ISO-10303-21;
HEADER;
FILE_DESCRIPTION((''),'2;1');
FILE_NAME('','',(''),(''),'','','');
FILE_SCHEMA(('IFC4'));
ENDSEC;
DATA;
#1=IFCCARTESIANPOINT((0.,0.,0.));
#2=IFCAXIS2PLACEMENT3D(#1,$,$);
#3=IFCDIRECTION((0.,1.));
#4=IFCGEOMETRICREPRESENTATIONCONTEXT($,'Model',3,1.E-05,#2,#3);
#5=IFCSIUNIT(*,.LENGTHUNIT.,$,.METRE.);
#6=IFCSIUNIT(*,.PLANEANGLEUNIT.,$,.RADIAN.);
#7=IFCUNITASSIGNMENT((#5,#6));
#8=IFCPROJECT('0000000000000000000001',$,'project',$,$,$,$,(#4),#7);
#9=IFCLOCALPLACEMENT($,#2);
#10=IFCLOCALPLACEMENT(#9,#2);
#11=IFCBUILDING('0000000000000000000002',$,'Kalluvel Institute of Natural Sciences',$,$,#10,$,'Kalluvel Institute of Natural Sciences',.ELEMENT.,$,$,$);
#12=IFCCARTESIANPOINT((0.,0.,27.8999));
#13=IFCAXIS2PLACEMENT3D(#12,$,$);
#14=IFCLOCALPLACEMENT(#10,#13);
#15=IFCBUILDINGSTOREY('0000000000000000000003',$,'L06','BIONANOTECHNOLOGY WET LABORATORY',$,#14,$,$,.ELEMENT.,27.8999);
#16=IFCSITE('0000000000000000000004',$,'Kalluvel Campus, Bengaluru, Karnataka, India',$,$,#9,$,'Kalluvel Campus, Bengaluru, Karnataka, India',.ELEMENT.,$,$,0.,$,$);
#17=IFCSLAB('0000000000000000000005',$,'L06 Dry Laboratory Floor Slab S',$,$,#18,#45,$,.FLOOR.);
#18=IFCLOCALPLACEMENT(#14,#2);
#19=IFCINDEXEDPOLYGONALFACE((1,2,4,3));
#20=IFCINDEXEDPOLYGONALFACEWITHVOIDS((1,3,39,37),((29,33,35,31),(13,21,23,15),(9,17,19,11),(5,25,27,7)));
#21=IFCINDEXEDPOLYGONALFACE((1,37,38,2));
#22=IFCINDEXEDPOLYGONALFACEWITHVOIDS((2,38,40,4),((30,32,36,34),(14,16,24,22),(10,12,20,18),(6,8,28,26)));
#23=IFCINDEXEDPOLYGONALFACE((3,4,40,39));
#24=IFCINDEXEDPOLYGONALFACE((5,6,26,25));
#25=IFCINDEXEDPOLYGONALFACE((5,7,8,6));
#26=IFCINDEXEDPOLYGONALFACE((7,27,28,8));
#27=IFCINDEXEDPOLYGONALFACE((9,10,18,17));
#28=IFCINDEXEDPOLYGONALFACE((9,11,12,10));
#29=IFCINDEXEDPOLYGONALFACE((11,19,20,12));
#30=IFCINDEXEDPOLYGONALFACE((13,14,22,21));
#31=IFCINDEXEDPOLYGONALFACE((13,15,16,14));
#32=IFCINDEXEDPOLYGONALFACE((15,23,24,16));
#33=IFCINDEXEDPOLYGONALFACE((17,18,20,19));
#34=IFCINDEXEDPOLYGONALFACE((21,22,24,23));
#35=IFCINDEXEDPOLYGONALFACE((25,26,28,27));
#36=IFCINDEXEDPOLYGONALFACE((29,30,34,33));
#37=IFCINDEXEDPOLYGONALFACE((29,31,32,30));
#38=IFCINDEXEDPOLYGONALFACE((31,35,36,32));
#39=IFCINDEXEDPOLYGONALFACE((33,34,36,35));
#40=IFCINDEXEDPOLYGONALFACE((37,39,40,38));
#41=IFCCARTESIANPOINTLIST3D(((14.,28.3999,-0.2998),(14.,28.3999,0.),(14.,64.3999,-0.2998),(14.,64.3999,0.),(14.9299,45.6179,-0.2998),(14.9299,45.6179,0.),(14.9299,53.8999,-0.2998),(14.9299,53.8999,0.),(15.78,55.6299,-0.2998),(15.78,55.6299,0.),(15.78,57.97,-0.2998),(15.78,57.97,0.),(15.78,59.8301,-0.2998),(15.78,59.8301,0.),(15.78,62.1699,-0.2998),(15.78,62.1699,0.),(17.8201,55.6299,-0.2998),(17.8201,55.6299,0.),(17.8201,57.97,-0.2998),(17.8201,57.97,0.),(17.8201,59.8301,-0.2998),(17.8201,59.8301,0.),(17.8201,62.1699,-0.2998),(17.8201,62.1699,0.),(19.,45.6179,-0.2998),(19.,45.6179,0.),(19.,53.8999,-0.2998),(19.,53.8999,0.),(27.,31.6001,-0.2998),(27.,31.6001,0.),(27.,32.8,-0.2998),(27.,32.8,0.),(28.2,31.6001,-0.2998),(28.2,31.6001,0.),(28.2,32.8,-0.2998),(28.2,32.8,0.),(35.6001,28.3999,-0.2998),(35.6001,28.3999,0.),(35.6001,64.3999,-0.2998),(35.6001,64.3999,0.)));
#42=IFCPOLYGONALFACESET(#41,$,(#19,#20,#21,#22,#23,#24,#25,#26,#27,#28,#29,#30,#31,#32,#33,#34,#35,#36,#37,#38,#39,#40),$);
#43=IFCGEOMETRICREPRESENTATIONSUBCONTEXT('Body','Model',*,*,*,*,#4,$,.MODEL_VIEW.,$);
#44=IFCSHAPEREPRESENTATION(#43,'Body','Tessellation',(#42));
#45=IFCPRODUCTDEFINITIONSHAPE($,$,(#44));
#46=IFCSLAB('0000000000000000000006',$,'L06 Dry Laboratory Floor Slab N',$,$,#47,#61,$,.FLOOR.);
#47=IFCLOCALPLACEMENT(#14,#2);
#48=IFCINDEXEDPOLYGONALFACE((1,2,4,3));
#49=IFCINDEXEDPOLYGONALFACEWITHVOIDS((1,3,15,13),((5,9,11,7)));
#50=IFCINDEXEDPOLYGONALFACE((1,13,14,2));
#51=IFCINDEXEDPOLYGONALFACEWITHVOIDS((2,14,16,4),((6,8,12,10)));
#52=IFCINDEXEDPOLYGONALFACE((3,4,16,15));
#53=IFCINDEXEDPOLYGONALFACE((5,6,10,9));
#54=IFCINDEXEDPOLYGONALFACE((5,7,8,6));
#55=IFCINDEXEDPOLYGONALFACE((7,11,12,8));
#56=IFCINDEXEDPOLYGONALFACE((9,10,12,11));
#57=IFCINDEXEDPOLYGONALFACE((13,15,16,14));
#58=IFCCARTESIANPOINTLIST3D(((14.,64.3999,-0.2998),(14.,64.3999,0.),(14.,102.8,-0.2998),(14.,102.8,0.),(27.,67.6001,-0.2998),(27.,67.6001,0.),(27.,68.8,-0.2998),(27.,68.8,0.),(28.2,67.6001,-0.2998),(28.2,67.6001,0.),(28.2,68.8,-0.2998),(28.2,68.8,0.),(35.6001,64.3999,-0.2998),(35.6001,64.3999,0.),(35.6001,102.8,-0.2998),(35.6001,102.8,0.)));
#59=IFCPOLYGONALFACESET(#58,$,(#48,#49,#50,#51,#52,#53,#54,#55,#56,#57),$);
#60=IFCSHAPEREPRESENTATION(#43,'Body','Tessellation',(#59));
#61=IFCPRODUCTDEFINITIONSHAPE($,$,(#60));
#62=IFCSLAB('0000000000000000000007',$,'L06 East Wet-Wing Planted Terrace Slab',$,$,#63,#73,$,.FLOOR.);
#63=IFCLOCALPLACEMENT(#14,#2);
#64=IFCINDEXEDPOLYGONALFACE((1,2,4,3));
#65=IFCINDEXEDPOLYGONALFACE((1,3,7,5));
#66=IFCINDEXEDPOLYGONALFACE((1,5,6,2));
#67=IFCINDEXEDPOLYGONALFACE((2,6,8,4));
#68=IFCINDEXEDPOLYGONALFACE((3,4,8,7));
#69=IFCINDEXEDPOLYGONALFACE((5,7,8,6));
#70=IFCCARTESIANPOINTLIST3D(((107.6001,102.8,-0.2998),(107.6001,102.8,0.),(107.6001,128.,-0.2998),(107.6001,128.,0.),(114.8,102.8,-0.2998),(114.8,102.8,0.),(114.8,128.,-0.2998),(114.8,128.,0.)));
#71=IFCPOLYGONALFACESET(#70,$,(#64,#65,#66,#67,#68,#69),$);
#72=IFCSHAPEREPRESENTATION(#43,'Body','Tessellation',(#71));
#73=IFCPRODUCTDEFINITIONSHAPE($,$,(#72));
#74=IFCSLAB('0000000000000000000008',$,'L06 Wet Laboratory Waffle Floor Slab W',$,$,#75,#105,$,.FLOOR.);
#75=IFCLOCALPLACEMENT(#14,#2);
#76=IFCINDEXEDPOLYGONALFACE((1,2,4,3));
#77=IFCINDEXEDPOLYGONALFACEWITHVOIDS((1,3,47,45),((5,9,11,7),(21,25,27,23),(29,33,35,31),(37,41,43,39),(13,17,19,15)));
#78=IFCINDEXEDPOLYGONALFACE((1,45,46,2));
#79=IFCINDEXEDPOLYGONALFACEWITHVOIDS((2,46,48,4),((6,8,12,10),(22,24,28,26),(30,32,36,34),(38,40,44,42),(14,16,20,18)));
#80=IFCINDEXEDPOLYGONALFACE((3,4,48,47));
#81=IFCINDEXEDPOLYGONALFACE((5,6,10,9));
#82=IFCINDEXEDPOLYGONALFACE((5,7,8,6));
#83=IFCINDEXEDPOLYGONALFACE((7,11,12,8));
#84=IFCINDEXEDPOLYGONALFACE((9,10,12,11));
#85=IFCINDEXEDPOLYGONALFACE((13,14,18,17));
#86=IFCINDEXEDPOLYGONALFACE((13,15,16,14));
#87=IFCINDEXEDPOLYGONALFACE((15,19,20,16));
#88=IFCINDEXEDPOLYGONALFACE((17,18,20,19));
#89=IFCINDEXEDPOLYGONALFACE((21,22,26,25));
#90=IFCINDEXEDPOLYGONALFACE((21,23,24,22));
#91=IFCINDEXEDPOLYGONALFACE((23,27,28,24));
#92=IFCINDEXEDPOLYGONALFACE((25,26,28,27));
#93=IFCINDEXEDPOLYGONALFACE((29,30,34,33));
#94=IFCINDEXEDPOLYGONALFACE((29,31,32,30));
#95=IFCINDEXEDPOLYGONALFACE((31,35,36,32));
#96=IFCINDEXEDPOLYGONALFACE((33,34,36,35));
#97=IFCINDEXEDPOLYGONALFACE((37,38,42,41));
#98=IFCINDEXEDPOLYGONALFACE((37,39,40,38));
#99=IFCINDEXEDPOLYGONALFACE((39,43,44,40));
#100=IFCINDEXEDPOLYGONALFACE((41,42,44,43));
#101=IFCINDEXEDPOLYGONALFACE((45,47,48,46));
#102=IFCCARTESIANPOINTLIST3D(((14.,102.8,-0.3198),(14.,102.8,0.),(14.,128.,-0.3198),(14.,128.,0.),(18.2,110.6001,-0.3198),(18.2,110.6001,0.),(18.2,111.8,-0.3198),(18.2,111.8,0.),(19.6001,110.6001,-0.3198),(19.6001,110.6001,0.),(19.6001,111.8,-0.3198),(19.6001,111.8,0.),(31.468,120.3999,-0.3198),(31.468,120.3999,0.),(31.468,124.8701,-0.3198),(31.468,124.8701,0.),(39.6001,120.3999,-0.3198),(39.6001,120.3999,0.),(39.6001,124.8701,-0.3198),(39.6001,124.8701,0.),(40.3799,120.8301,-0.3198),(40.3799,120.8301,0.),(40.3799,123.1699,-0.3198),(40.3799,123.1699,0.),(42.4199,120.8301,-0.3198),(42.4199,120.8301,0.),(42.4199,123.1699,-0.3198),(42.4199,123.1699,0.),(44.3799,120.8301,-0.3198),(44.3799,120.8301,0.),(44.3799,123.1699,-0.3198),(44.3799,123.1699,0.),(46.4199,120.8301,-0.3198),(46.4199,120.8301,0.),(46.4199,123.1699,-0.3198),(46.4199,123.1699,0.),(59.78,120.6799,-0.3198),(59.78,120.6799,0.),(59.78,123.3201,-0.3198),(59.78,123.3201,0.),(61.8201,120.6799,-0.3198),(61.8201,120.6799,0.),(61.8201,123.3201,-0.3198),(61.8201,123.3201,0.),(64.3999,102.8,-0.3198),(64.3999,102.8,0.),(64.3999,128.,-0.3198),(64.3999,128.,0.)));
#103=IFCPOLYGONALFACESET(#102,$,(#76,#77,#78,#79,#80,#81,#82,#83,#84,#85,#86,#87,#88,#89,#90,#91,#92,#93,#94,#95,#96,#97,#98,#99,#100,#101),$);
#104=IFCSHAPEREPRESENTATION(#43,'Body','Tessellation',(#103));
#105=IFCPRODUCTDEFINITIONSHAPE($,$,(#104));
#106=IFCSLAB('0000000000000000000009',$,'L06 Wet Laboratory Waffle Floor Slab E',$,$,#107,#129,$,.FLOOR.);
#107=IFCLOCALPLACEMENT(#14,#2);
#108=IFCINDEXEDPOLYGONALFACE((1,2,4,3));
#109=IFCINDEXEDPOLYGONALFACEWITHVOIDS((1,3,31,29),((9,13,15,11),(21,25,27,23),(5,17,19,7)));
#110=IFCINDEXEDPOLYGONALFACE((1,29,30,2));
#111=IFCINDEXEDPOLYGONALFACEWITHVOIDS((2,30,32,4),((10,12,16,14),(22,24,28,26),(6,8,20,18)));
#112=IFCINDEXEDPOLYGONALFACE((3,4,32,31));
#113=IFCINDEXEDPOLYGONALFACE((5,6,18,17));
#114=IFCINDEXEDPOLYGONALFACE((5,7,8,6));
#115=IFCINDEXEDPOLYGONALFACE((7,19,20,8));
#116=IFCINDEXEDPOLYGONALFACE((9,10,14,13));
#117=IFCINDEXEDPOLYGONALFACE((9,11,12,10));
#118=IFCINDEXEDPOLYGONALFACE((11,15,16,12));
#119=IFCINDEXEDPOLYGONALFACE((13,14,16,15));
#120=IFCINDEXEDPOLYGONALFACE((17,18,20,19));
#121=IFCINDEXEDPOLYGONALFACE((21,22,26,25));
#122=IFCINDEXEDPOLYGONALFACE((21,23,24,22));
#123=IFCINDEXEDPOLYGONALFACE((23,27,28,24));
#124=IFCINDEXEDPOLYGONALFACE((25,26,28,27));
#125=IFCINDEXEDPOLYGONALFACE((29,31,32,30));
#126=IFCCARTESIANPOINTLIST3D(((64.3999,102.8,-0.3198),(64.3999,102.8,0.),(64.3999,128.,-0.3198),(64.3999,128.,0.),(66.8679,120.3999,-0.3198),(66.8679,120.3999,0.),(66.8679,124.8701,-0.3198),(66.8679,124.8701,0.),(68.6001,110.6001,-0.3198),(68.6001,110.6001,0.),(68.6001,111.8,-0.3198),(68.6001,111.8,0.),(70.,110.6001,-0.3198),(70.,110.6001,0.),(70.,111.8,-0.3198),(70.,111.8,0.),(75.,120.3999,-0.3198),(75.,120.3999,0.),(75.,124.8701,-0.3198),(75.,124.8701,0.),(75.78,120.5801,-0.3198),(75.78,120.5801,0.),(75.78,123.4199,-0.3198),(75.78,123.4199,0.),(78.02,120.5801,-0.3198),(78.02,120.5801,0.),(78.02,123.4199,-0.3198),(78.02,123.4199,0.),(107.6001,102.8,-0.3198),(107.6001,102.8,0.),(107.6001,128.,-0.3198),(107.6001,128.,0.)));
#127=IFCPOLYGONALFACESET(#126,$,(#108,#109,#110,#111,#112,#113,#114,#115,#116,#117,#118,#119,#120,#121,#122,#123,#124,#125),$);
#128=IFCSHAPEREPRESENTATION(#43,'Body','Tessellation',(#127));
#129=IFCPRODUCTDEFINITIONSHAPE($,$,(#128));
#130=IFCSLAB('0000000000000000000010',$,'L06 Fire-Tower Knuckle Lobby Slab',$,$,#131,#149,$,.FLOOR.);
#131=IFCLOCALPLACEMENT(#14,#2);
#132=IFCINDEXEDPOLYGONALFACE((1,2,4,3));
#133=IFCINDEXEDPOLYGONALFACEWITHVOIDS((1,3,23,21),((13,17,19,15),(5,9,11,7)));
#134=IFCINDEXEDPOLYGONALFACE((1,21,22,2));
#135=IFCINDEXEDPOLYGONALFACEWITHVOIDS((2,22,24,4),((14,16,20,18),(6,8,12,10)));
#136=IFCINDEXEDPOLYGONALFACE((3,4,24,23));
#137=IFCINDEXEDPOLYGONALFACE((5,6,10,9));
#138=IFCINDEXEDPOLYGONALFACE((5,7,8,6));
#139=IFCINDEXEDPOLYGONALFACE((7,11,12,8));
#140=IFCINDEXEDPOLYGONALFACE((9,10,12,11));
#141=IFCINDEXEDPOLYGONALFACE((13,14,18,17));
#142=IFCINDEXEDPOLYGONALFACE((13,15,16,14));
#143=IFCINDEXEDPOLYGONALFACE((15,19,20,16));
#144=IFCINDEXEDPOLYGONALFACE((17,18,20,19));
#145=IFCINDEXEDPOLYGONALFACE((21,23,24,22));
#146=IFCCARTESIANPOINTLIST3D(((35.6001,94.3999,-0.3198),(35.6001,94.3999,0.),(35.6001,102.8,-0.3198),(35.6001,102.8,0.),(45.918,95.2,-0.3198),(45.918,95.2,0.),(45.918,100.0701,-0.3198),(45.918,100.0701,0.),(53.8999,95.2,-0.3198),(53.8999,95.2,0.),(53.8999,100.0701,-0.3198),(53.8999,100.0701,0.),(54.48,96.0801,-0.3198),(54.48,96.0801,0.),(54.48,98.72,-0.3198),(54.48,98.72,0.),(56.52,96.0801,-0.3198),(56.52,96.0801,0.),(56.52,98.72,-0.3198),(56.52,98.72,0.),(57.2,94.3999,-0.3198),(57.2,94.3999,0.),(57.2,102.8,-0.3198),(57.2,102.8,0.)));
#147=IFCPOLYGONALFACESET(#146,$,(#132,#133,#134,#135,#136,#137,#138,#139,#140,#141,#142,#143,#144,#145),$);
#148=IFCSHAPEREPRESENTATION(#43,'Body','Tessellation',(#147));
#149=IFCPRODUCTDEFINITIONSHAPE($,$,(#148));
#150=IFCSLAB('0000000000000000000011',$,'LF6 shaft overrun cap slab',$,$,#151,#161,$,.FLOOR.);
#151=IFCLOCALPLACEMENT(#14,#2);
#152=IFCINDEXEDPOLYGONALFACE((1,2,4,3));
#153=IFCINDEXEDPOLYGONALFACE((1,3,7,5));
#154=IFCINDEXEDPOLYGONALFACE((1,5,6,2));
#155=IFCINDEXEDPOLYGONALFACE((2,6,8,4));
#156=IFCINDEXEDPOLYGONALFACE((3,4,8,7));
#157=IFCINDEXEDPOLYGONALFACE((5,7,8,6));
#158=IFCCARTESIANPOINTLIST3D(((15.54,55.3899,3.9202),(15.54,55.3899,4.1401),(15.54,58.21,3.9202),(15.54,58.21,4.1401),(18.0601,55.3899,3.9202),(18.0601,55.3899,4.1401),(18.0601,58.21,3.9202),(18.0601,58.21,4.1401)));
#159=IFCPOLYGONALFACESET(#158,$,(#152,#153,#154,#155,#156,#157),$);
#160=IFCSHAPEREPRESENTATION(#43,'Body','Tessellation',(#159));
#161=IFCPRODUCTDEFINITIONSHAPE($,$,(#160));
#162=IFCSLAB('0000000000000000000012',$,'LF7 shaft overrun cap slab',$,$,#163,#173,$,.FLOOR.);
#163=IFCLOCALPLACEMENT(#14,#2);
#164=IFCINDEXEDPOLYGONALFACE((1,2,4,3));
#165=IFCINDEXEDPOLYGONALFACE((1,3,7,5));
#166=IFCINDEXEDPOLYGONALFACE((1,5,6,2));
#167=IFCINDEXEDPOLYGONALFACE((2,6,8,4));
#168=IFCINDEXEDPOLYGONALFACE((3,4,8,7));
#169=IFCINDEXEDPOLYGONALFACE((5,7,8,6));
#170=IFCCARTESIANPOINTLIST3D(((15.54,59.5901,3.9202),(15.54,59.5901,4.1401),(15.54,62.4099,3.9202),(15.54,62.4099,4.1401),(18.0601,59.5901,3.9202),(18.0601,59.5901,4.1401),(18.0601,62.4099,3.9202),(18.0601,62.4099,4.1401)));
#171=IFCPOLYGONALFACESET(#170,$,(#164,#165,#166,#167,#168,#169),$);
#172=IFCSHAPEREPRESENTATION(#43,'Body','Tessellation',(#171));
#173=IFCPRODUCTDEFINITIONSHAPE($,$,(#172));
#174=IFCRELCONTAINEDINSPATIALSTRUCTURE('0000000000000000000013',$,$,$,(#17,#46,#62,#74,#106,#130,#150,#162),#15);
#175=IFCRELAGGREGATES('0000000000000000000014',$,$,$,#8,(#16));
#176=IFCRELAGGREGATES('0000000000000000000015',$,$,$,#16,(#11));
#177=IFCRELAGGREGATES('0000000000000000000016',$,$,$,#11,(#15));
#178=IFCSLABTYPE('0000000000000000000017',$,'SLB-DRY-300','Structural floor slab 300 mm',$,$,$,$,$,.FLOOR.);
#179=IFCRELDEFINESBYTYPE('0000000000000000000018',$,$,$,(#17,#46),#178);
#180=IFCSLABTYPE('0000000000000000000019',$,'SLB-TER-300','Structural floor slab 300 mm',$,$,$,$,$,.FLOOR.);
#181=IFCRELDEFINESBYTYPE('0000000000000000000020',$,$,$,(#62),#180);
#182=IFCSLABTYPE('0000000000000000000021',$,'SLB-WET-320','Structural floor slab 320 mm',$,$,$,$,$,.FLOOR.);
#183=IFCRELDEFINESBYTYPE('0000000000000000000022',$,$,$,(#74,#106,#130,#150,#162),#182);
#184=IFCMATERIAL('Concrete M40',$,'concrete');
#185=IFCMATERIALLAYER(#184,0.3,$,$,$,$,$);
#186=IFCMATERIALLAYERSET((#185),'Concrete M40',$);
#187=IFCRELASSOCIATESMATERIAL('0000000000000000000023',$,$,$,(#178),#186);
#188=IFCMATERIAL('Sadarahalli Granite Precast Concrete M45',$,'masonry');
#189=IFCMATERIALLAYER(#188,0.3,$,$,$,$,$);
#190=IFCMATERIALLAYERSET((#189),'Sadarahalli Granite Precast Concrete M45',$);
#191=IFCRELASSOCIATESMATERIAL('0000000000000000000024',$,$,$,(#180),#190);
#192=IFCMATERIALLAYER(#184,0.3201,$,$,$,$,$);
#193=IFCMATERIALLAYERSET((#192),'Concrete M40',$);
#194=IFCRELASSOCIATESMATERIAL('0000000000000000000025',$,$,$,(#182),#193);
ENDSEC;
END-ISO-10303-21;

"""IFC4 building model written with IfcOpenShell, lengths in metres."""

from ifc_helpers import new_model, si_unit, direction, frame, origin, place, context, subcontext, project, spatial, polyline, outline, extrude, material, layer, layer_set, type_object, element, save


model = new_model("IFC4")

# Units and contexts
model_context = context("Model", 3, precision=1e-05, world=origin(), true_north=direction((0.0, 1.0)))
body_context = subcontext(model_context, "Body", "Model", "MODEL_VIEW")
ifc_project = project(units=[si_unit("LENGTHUNIT", "METRE"), si_unit("PLANEANGLEUNIT", "RADIAN")], contexts=[model_context])

# Site, building, storey
site_placement = place(None, origin())
site = spatial("IfcSite", under=ifc_project, at=site_placement, Name="Kalluvel Campus, Bengaluru, Karnataka, India", LongName="Kalluvel Campus, Bengaluru, Karnataka, India", CompositionType="ELEMENT", RefElevation=0.0)
building_placement = place(site_placement, origin())
building = spatial("IfcBuilding", under=site, at=building_placement, Name="Kalluvel Institute of Natural Sciences", LongName="Kalluvel Institute of Natural Sciences", CompositionType="ELEMENT")
storey_placement = place(building_placement, frame((0.0, 0.0, 27.8999)))
storey = spatial("IfcBuildingStorey", under=building, at=storey_placement, Name="L06", Description="BIONANOTECHNOLOGY WET LABORATORY", CompositionType="ELEMENT", Elevation=27.8999)

# Shared definitions
ifc_material_1 = material(Name="Concrete M40", Category="concrete")

# Slabs
ifc_layer_1 = layer(ifc_material_1, 0.3)
ifc_layer_set_1 = layer_set([ifc_layer_1], Name="Concrete M40")
slab_type_1 = type_object("IfcSlabType", Name="SLB-DRY-300", Description="Structural floor slab 300 mm", PredefinedType="FLOOR", material=ifc_layer_set_1)
slab_1_placement = place(storey_placement, frame((0.0, 0.0, -0.2998)))
element("IfcSlab", 1, at=slab_1_placement, inside=storey, type_object=slab_type_1, Name="L06 Dry Laboratory Floor Slab S", PredefinedType="FLOOR", context=body_context, shape_type="SweptSolid", body=[
    extrude(outline(polyline([(14.0, 28.3999), (35.6001, 28.3999), (35.6001, 64.3999), (14.0, 64.3999), (14.0, 28.3999)]), holes=[polyline([(28.2, 32.8), (28.2, 31.6001), (27.0, 31.6001), (27.0, 32.8), (28.2, 32.8)]), polyline([(14.9299, 53.8999), (19.0, 53.8999), (19.0, 45.6179), (14.9299, 45.6179), (14.9299, 53.8999)]), polyline([(17.8201, 57.97), (17.8201, 55.6299), (15.78, 55.6299), (15.78, 57.97), (17.8201, 57.97)]), polyline([(17.8201, 62.1699), (17.8201, 59.8301), (15.78, 59.8301), (15.78, 62.1699), (17.8201, 62.1699)])]), origin(), (0.0, 0.0, 1.0), 0.2998),
])
slab_2_placement = place(storey_placement, frame((0.0, 0.0, -0.2998)))
element("IfcSlab", 2, at=slab_2_placement, inside=storey, type_object=slab_type_1, Name="L06 Dry Laboratory Floor Slab N", PredefinedType="FLOOR", context=body_context, shape_type="SweptSolid", body=[
    extrude(outline(polyline([(14.0, 64.3999), (35.6001, 64.3999), (35.6001, 102.8), (14.0, 102.8), (14.0, 64.3999)]), holes=[polyline([(27.0, 67.6001), (27.0, 68.8), (28.2, 68.8), (28.2, 67.6001), (27.0, 67.6001)])]), origin(), (0.0, 0.0, 1.0), 0.2998),
])
ifc_material_2 = material(Name="Sadarahalli Granite Precast Concrete M45", Category="masonry")
ifc_layer_2 = layer(ifc_material_2, 0.3)
ifc_layer_set_2 = layer_set([ifc_layer_2], Name="Sadarahalli Granite Precast Concrete M45")
slab_type_2 = type_object("IfcSlabType", Name="SLB-TER-300", Description="Structural floor slab 300 mm", PredefinedType="FLOOR", material=ifc_layer_set_2)
slab_3_placement = place(storey_placement, frame((0.0, 0.0, -0.2998)))
element("IfcSlab", 3, at=slab_3_placement, inside=storey, type_object=slab_type_2, Name="L06 East Wet-Wing Planted Terrace Slab", PredefinedType="FLOOR", context=body_context, shape_type="SweptSolid", body=[
    extrude(outline(polyline([(107.6001, 102.8), (114.8, 102.8), (114.8, 128.0), (107.6001, 128.0), (107.6001, 102.8)])), origin(), (0.0, 0.0, 1.0), 0.2998),
])
ifc_layer_3 = layer(ifc_material_1, 0.3201)
ifc_layer_set_3 = layer_set([ifc_layer_3], Name="Concrete M40")
slab_type_3 = type_object("IfcSlabType", Name="SLB-WET-320", Description="Structural floor slab 320 mm", PredefinedType="FLOOR", material=ifc_layer_set_3)
slab_4_placement = place(storey_placement, frame((0.0, 0.0, -0.3198)))
element("IfcSlab", 4, at=slab_4_placement, inside=storey, type_object=slab_type_3, Name="L06 Wet Laboratory Waffle Floor Slab W", PredefinedType="FLOOR", context=body_context, shape_type="SweptSolid", body=[
    extrude(outline(polyline([(14.0, 102.8), (64.3999, 102.8), (64.3999, 128.0), (14.0, 128.0), (14.0, 102.8)]), holes=[polyline([(61.8201, 120.6799), (59.78, 120.6799), (59.78, 123.3201), (61.8201, 123.3201), (61.8201, 120.6799)]), polyline([(46.4199, 123.1699), (46.4199, 120.8301), (44.3799, 120.8301), (44.3799, 123.1699), (46.4199, 123.1699)]), polyline([(42.4199, 123.1699), (42.4199, 120.8301), (40.3799, 120.8301), (40.3799, 123.1699), (42.4199, 123.1699)]), polyline([(39.6001, 120.3999), (31.468, 120.3999), (31.468, 124.8701), (39.6001, 124.8701), (39.6001, 120.3999)]), polyline([(19.6001, 111.8), (19.6001, 110.6001), (18.2, 110.6001), (18.2, 111.8), (19.6001, 111.8)])]), origin(), (0.0, 0.0, 1.0), 0.3198),
])
slab_5_placement = place(storey_placement, frame((0.0, 0.0, -0.3198)))
element("IfcSlab", 5, at=slab_5_placement, inside=storey, type_object=slab_type_3, Name="L06 Wet Laboratory Waffle Floor Slab E", PredefinedType="FLOOR", context=body_context, shape_type="SweptSolid", body=[
    extrude(outline(polyline([(64.3999, 102.8), (107.6001, 102.8), (107.6001, 128.0), (64.3999, 128.0), (64.3999, 102.8)]), holes=[polyline([(78.02, 123.4199), (78.02, 120.5801), (75.78, 120.5801), (75.78, 123.4199), (78.02, 123.4199)]), polyline([(75.0, 124.8701), (75.0, 120.3999), (66.8679, 120.3999), (66.8679, 124.8701), (75.0, 124.8701)]), polyline([(68.6001, 111.8), (70.0, 111.8), (70.0, 110.6001), (68.6001, 110.6001), (68.6001, 111.8)])]), origin(), (0.0, 0.0, 1.0), 0.3198),
])
slab_6_placement = place(storey_placement, frame((0.0, 0.0, -0.3198)))
element("IfcSlab", 6, at=slab_6_placement, inside=storey, type_object=slab_type_3, Name="L06 Fire-Tower Knuckle Lobby Slab", PredefinedType="FLOOR", context=body_context, shape_type="SweptSolid", body=[
    extrude(outline(polyline([(35.6001, 94.3999), (57.2, 94.3999), (57.2, 102.8), (35.6001, 102.8), (35.6001, 94.3999)]), holes=[polyline([(54.48, 98.72), (56.52, 98.72), (56.52, 96.0801), (54.48, 96.0801), (54.48, 98.72)]), polyline([(45.918, 100.0701), (53.8999, 100.0701), (53.8999, 95.2), (45.918, 95.2), (45.918, 100.0701)])]), origin(), (0.0, 0.0, 1.0), 0.3198),
])
slab_7_placement = place(storey_placement, frame((0.0, 0.0, 3.9202)))
element("IfcSlab", 7, at=slab_7_placement, inside=storey, type_object=slab_type_3, Name="LF6 shaft overrun cap slab", PredefinedType="FLOOR", context=body_context, shape_type="SweptSolid", body=[
    extrude(outline(polyline([(15.54, 55.3899), (18.0601, 55.3899), (18.0601, 58.21), (15.54, 58.21), (15.54, 55.3899)])), origin(), (0.0, 0.0, 1.0), 0.22),
])
slab_8_placement = place(storey_placement, frame((0.0, 0.0, 3.9202)))
element("IfcSlab", 8, at=slab_8_placement, inside=storey, type_object=slab_type_3, Name="LF7 shaft overrun cap slab", PredefinedType="FLOOR", context=body_context, shape_type="SweptSolid", body=[
    extrude(outline(polyline([(15.54, 59.5901), (18.0601, 59.5901), (18.0601, 62.4099), (15.54, 62.4099), (15.54, 59.5901)])), origin(), (0.0, 0.0, 1.0), 0.22),
])

save(model, "model.ifc")
